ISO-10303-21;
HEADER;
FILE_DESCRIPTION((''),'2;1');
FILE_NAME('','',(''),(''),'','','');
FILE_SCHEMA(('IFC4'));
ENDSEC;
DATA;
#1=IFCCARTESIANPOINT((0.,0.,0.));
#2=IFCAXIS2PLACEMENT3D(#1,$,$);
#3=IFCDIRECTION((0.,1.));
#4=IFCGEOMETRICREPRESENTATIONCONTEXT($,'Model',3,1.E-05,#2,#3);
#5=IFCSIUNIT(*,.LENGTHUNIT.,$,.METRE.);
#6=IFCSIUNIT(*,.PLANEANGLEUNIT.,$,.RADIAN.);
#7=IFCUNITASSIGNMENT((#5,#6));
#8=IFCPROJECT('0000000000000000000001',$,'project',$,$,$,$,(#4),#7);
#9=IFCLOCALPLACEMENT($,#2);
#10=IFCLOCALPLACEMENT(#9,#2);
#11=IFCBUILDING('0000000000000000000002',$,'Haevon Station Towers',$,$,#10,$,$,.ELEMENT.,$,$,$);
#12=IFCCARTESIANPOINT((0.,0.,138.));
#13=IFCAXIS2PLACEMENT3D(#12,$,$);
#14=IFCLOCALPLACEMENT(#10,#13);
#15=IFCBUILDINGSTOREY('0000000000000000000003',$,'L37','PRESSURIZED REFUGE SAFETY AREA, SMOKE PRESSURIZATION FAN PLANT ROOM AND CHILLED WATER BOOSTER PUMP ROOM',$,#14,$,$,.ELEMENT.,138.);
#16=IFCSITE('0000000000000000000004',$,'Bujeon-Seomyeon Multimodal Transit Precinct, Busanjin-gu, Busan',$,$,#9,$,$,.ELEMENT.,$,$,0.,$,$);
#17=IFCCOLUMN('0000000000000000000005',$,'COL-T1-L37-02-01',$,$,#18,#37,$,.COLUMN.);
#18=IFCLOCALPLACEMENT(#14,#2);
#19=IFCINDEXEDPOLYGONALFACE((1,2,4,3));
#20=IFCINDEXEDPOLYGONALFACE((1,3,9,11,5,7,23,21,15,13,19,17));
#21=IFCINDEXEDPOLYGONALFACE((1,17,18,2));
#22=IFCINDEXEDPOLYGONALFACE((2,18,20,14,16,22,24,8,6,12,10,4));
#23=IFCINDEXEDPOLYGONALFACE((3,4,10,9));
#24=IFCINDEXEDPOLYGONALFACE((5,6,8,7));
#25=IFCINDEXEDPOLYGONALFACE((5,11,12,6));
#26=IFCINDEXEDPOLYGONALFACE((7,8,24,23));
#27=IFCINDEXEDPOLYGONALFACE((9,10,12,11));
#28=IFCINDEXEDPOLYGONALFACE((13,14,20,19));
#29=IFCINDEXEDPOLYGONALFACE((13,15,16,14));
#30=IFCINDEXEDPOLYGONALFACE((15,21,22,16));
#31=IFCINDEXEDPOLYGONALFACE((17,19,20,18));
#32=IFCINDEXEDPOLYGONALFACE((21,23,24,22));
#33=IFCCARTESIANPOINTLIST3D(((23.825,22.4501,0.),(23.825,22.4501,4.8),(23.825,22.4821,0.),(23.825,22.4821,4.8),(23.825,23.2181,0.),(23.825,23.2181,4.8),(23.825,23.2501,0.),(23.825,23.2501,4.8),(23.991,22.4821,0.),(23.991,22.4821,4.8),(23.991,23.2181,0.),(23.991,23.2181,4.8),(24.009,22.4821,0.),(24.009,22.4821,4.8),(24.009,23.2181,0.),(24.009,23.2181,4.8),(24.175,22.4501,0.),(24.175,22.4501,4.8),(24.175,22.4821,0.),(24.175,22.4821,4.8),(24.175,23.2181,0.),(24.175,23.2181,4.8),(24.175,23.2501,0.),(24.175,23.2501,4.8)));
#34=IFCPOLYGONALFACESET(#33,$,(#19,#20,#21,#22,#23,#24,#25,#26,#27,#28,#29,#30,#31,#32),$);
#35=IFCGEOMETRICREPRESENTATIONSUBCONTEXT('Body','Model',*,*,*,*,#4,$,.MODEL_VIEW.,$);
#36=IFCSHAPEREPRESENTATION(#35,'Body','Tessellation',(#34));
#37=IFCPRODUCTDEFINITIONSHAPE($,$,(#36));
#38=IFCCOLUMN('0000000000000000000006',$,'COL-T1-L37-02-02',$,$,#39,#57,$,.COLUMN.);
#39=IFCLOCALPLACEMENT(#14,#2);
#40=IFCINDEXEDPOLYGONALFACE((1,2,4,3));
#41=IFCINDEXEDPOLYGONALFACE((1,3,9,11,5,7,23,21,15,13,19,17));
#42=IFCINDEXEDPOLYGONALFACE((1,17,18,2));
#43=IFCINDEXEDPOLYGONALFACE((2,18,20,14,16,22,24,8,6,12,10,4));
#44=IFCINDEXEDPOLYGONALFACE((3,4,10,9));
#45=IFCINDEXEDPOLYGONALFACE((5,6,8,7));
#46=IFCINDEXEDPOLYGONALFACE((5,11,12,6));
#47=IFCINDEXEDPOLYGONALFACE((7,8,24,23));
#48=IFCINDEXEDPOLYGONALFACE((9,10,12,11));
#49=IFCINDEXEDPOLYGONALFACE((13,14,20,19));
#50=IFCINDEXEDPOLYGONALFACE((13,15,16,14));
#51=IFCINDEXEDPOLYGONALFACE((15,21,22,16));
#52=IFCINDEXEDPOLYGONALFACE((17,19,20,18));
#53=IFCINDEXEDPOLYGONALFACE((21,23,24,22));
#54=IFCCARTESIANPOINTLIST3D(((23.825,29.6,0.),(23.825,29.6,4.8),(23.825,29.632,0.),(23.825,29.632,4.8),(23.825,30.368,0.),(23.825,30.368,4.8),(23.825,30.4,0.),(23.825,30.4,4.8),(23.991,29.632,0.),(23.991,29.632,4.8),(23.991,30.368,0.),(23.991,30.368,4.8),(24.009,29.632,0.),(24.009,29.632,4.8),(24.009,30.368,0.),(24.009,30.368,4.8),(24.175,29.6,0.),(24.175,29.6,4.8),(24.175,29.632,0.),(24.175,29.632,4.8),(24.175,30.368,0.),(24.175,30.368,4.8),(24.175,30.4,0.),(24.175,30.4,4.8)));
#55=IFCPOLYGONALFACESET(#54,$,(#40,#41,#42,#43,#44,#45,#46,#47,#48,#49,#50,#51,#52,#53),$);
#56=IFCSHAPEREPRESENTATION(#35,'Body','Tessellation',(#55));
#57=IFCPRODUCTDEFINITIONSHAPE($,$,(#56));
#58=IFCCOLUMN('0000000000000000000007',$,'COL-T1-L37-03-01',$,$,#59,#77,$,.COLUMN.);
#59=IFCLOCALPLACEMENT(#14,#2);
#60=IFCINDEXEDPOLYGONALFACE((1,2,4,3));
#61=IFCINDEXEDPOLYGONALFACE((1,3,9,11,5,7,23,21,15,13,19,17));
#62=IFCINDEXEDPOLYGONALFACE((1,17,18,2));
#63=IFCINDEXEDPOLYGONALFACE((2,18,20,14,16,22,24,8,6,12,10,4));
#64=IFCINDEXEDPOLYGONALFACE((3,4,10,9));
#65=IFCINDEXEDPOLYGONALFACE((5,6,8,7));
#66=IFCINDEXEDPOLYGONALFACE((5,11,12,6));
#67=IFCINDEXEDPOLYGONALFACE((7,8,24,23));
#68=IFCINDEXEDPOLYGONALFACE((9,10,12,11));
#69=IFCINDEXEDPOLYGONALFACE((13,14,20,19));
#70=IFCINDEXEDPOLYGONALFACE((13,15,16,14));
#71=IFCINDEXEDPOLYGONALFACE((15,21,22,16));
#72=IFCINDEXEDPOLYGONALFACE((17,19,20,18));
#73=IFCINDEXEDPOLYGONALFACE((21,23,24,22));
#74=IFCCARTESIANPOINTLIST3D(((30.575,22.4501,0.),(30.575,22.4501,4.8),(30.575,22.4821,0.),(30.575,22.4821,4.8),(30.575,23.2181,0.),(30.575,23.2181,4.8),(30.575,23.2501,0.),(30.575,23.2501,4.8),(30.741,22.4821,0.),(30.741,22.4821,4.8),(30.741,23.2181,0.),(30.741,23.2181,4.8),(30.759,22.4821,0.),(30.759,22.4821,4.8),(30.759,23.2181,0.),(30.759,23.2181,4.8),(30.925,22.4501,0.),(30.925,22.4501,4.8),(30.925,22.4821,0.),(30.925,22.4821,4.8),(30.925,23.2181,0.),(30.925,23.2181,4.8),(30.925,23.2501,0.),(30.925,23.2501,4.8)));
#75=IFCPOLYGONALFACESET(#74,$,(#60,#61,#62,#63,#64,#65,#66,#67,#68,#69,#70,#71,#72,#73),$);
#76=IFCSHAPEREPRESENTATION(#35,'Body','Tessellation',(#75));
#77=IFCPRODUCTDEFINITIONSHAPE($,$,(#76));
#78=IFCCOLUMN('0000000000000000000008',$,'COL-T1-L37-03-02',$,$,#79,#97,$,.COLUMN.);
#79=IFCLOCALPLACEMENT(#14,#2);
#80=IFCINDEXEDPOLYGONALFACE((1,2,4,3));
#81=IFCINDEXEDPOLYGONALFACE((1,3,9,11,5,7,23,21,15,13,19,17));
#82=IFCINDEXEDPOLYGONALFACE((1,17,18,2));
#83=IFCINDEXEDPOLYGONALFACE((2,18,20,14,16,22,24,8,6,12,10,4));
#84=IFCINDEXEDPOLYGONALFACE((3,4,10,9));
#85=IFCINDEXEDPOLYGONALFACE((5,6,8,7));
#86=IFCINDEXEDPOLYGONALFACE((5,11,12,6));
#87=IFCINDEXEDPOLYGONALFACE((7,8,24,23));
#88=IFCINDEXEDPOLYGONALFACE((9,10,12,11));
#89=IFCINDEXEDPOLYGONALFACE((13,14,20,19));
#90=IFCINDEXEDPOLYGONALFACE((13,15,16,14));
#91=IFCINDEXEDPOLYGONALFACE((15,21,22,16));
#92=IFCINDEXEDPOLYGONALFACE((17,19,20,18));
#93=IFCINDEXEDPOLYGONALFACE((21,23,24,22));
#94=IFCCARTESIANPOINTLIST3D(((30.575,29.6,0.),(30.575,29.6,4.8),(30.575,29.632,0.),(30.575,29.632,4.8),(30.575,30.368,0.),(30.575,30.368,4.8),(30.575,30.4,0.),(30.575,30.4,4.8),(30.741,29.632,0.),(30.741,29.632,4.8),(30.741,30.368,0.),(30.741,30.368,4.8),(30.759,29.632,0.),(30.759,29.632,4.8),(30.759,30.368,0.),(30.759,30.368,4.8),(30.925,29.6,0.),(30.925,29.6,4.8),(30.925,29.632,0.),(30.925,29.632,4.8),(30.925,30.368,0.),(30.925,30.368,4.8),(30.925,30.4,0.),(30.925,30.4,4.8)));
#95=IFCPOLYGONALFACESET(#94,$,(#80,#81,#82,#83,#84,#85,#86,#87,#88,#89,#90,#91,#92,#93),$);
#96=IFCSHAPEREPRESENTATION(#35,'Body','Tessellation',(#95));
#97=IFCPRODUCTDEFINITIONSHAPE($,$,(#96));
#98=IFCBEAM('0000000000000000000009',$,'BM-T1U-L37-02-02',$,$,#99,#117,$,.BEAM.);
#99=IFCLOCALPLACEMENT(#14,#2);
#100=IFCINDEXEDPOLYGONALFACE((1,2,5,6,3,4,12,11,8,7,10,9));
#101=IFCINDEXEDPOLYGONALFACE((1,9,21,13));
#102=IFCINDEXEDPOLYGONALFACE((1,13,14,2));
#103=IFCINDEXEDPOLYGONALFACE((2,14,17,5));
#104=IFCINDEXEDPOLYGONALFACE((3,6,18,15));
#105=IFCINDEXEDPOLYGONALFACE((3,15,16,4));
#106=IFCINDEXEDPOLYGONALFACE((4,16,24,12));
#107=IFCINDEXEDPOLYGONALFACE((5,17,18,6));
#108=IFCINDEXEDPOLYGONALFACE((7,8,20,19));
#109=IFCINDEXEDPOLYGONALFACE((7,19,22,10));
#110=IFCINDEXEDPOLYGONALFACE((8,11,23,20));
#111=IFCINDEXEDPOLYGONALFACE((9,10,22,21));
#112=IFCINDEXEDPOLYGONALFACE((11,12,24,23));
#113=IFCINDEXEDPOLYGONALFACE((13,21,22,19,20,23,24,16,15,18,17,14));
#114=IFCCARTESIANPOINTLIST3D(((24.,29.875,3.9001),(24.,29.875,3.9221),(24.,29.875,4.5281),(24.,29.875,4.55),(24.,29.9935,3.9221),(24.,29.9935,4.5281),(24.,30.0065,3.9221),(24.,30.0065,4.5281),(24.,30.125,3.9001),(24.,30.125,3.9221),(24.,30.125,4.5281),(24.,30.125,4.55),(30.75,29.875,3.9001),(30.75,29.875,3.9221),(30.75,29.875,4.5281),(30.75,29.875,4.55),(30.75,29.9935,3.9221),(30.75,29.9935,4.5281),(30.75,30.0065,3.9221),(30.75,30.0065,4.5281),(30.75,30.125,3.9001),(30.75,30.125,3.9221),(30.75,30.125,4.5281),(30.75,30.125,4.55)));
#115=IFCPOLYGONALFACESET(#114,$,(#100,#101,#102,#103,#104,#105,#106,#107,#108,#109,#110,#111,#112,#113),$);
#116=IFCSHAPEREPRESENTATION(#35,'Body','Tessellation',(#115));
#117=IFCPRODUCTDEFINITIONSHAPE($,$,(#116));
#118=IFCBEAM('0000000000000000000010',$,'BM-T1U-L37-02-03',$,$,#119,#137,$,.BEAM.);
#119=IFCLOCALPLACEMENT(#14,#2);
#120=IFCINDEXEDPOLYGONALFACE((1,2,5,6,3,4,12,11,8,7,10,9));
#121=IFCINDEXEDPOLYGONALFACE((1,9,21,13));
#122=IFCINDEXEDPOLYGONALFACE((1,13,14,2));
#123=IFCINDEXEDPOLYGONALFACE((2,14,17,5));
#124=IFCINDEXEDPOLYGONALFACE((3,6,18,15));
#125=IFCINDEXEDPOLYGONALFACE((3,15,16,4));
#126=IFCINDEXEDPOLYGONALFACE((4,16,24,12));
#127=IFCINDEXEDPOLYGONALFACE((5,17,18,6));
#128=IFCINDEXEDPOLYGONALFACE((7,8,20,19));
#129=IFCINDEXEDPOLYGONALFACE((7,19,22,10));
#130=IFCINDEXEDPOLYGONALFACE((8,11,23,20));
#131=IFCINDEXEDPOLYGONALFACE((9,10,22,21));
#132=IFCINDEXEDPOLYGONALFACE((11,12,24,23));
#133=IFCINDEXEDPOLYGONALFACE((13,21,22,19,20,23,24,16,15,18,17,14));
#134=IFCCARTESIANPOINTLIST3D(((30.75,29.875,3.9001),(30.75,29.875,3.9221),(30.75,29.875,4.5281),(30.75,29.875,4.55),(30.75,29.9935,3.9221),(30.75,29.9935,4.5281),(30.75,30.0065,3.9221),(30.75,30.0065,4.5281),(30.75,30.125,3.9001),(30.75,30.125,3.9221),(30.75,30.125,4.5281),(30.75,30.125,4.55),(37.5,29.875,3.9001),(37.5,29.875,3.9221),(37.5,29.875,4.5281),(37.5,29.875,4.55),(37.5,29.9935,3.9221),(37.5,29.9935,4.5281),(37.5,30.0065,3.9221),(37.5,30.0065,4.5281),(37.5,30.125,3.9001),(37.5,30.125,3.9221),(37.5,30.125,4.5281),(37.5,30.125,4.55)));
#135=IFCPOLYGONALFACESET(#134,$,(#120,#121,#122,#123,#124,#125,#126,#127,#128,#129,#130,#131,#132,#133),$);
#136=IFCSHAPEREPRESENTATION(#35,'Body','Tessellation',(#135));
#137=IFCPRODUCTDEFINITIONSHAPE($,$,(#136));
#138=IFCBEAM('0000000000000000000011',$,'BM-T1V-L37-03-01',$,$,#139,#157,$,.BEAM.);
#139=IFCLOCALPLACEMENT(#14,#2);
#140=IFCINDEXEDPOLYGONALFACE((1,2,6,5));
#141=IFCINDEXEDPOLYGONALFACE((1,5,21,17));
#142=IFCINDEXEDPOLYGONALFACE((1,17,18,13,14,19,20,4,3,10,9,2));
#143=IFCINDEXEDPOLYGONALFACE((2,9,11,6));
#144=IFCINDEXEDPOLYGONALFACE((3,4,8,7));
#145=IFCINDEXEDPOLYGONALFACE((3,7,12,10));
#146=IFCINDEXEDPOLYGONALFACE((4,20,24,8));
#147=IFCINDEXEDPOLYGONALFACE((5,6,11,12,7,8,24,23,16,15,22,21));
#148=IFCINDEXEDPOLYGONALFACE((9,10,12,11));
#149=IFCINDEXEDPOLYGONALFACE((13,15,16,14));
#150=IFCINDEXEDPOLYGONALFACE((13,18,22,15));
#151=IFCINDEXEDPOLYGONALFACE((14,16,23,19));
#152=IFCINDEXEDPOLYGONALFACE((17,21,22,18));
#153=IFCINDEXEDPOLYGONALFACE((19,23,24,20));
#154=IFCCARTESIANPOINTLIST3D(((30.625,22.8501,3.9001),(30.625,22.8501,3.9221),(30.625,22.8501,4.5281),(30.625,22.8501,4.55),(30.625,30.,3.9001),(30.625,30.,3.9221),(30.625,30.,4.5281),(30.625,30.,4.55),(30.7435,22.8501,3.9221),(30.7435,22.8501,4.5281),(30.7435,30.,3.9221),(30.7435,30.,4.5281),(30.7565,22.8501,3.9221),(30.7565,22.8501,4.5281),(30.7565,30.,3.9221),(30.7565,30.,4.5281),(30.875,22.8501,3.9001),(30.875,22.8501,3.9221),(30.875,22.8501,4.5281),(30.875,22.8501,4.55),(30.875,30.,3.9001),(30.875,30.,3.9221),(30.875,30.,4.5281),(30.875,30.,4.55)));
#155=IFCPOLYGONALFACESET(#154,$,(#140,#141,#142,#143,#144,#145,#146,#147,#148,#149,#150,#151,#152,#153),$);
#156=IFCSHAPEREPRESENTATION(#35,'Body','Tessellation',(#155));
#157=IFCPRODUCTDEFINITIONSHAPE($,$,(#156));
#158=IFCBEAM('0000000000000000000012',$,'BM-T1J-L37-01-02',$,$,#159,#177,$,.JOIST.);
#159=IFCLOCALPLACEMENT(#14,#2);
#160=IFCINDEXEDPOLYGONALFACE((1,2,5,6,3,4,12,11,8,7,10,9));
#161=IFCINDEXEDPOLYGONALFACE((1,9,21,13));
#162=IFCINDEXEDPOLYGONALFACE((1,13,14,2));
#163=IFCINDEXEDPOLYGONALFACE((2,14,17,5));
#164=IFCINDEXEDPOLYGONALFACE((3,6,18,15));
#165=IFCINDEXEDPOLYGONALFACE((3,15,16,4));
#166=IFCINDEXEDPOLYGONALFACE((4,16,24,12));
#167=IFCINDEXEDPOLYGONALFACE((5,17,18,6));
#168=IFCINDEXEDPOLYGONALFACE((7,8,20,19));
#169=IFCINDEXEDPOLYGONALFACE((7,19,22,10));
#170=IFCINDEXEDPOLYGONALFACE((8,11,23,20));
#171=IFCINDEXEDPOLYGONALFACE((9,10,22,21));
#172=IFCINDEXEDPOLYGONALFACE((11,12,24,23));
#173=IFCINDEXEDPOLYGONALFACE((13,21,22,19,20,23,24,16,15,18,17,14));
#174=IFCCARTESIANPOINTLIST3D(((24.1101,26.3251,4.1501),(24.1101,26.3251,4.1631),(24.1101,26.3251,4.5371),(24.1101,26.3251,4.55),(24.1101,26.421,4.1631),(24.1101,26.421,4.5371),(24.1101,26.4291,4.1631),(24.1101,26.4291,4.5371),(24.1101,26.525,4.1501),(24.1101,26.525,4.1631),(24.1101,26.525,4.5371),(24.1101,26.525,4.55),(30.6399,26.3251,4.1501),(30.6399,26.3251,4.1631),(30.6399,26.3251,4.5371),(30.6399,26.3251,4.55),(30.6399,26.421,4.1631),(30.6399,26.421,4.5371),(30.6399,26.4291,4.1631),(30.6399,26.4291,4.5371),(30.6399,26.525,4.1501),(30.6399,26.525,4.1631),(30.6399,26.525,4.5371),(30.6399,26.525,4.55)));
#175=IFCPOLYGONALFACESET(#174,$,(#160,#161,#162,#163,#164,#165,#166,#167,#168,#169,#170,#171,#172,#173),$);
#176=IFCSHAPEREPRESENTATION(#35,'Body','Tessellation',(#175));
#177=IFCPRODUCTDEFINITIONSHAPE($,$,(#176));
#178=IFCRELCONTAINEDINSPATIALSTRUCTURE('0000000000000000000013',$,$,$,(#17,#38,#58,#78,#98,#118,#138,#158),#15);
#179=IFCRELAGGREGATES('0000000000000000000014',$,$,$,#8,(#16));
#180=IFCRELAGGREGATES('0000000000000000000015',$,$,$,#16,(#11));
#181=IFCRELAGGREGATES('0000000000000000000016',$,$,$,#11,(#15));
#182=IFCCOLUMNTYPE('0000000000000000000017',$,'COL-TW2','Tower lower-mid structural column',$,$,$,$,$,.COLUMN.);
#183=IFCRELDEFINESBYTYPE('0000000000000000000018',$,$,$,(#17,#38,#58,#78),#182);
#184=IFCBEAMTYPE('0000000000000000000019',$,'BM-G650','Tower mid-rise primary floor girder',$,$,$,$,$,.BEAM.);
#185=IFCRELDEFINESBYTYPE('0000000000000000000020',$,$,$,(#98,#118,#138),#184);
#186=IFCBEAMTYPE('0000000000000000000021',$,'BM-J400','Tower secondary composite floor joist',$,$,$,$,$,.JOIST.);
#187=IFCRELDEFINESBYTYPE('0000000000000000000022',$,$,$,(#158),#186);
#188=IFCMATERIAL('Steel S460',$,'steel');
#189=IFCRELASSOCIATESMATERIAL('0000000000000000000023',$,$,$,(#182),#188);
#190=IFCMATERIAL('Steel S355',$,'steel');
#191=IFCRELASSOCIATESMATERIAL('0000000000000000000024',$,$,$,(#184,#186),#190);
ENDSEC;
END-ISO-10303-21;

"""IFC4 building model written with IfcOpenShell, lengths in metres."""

from ifc_helpers import new_model, si_unit, direction, frame, origin, origin_2d, place, context, subcontext, project, spatial, i_section, extrude, material, material_profile, profile_set, type_object, element, save


model = new_model("IFC4")

# Units and contexts
model_context = context("Model", 3, precision=1e-05, world=origin(), true_north=direction((0.0, 1.0)))
body_context = subcontext(model_context, "Body", "Model", "MODEL_VIEW")
ifc_project = project(units=[si_unit("LENGTHUNIT", "METRE"), si_unit("PLANEANGLEUNIT", "RADIAN")], contexts=[model_context])

# Site, building, storey
site_placement = place(None, origin())
site = spatial("IfcSite", under=ifc_project, at=site_placement, Name="Bujeon-Seomyeon Multimodal Transit Precinct, Busanjin-gu, Busan", CompositionType="ELEMENT", RefElevation=0.0)
building_placement = place(site_placement, origin())
building = spatial("IfcBuilding", under=site, at=building_placement, Name="Haevon Station Towers", CompositionType="ELEMENT")
storey_placement = place(building_placement, frame((0.0, 0.0, 138.0)))
storey = spatial("IfcBuildingStorey", under=building, at=storey_placement, Name="L37", Description="PRESSURIZED REFUGE SAFETY AREA, SMOKE PRESSURIZATION FAN PLANT ROOM AND CHILLED WATER BOOSTER PUMP ROOM", CompositionType="ELEMENT", Elevation=138.0)

# Columns
ifc_material_1 = material(Name="Steel S460", Category="steel")
ifc_material_profile_1 = material_profile(ifc_material_1, i_section(OverallWidth=0.3501, OverallDepth=0.8, WebThickness=0.0181, FlangeThickness=0.032, at=origin_2d()), Name="H-800x350x18x32")
ifc_profile_set_1 = profile_set([ifc_material_profile_1], Name="Steel S460")
column_type = type_object("IfcColumnType", Name="COL-TW2", Description="Tower lower-mid structural column", PredefinedType="COLUMN", material=ifc_profile_set_1)
for number, where, z_axis, x_axis, name in (
    (1, (24.0, 22.8501, 0.0), (0.0, 0.0, 1.0), (1.0, 0.0, 0.0), "COL-T1-L37-02-01"),
    (2, (24.0, 30.0, 0.0), (0.0, 0.0, 1.0), (1.0, 0.0, 0.0), "COL-T1-L37-02-02"),
    (3, (30.75, 22.8501, 0.0), (0.0, 0.0, 1.0), (1.0, 0.0, 0.0), "COL-T1-L37-03-01"),
    (4, (30.75, 30.0, 0.0), (0.0, 0.0, 1.0), (1.0, 0.0, 0.0), "COL-T1-L37-03-02"),
):
    element("IfcColumn", number, at=place(storey_placement, frame(where, z_axis=z_axis, x_axis=x_axis)), inside=storey, type_object=column_type, Name=name, PredefinedType="COLUMN", context=body_context, shape_type="SweptSolid", body=[
        extrude(i_section(OverallWidth=0.3501, OverallDepth=0.8, WebThickness=0.0181, FlangeThickness=0.032, at=origin_2d()), origin(), (0.0, 0.0, 1.0), 4.8),
    ])

# Beams
ifc_material_2 = material(Name="Steel S355", Category="steel")
ifc_material_profile_2 = material_profile(ifc_material_2, i_section(OverallWidth=0.25, OverallDepth=0.6499, WebThickness=0.0129, FlangeThickness=0.022, at=origin_2d()), Name="H-650x250x13x22")
ifc_profile_set_2 = profile_set([ifc_material_profile_2], Name="Steel S355")
beam_type_1 = type_object("IfcBeamType", Name="BM-G650", Description="Tower mid-rise primary floor girder", PredefinedType="BEAM", material=ifc_profile_set_2)
for number, where, z_axis, x_axis, name in (
    (5, (24.0, 30.0, 4.2251), (1.0, 0.0, 0.0), (0.0, 1.0, 0.0), "BM-T1U-L37-02-02"),
    (6, (30.75, 30.0, 4.2251), (1.0, 0.0, 0.0), (0.0, 1.0, 0.0), "BM-T1U-L37-02-03"),
):
    element("IfcBeam", number, at=place(storey_placement, frame(where, z_axis=z_axis, x_axis=x_axis)), inside=storey, type_object=beam_type_1, Name=name, PredefinedType="BEAM", context=body_context, shape_type="SweptSolid", body=[
        extrude(i_section(OverallWidth=0.25, OverallDepth=0.6499, WebThickness=0.0129, FlangeThickness=0.022, at=origin_2d()), origin(), (0.0, 0.0, 1.0), 6.75),
    ])
beam_1_placement = place(storey_placement, frame((30.75, 22.8501, 4.2251), z_axis=(0.0, 1.0, 0.0), x_axis=(-1.0, 0.0, 0.0)))
element("IfcBeam", 7, at=beam_1_placement, inside=storey, type_object=beam_type_1, Name="BM-T1V-L37-03-01", PredefinedType="BEAM", context=body_context, shape_type="SweptSolid", body=[
    extrude(i_section(OverallWidth=0.25, OverallDepth=0.6499, WebThickness=0.0129, FlangeThickness=0.022, at=origin_2d()), origin(), (0.0, 0.0, 1.0), 7.1499),
])
ifc_material_profile_3 = material_profile(ifc_material_2, i_section(OverallWidth=0.2, OverallDepth=0.3999, WebThickness=0.0081, FlangeThickness=0.0129, at=origin_2d()), Name="H-400x200x8x13")
ifc_profile_set_3 = profile_set([ifc_material_profile_3], Name="Steel S355")
beam_type_2 = type_object("IfcBeamType", Name="BM-J400", Description="Tower secondary composite floor joist", PredefinedType="JOIST", material=ifc_profile_set_3)
beam_2_placement = place(storey_placement, frame((24.1101, 26.425, 4.3501), z_axis=(1.0, 0.0, 0.0), x_axis=(0.0, 1.0, 0.0)))
element("IfcBeam", 8, at=beam_2_placement, inside=storey, type_object=beam_type_2, Name="BM-T1J-L37-01-02", PredefinedType="JOIST", context=body_context, shape_type="SweptSolid", body=[
    extrude(i_section(OverallWidth=0.2, OverallDepth=0.3999, WebThickness=0.0081, FlangeThickness=0.0129, at=origin_2d()), origin(), (0.0, 0.0, 1.0), 6.5298),
])

save(model, "model.ifc")
